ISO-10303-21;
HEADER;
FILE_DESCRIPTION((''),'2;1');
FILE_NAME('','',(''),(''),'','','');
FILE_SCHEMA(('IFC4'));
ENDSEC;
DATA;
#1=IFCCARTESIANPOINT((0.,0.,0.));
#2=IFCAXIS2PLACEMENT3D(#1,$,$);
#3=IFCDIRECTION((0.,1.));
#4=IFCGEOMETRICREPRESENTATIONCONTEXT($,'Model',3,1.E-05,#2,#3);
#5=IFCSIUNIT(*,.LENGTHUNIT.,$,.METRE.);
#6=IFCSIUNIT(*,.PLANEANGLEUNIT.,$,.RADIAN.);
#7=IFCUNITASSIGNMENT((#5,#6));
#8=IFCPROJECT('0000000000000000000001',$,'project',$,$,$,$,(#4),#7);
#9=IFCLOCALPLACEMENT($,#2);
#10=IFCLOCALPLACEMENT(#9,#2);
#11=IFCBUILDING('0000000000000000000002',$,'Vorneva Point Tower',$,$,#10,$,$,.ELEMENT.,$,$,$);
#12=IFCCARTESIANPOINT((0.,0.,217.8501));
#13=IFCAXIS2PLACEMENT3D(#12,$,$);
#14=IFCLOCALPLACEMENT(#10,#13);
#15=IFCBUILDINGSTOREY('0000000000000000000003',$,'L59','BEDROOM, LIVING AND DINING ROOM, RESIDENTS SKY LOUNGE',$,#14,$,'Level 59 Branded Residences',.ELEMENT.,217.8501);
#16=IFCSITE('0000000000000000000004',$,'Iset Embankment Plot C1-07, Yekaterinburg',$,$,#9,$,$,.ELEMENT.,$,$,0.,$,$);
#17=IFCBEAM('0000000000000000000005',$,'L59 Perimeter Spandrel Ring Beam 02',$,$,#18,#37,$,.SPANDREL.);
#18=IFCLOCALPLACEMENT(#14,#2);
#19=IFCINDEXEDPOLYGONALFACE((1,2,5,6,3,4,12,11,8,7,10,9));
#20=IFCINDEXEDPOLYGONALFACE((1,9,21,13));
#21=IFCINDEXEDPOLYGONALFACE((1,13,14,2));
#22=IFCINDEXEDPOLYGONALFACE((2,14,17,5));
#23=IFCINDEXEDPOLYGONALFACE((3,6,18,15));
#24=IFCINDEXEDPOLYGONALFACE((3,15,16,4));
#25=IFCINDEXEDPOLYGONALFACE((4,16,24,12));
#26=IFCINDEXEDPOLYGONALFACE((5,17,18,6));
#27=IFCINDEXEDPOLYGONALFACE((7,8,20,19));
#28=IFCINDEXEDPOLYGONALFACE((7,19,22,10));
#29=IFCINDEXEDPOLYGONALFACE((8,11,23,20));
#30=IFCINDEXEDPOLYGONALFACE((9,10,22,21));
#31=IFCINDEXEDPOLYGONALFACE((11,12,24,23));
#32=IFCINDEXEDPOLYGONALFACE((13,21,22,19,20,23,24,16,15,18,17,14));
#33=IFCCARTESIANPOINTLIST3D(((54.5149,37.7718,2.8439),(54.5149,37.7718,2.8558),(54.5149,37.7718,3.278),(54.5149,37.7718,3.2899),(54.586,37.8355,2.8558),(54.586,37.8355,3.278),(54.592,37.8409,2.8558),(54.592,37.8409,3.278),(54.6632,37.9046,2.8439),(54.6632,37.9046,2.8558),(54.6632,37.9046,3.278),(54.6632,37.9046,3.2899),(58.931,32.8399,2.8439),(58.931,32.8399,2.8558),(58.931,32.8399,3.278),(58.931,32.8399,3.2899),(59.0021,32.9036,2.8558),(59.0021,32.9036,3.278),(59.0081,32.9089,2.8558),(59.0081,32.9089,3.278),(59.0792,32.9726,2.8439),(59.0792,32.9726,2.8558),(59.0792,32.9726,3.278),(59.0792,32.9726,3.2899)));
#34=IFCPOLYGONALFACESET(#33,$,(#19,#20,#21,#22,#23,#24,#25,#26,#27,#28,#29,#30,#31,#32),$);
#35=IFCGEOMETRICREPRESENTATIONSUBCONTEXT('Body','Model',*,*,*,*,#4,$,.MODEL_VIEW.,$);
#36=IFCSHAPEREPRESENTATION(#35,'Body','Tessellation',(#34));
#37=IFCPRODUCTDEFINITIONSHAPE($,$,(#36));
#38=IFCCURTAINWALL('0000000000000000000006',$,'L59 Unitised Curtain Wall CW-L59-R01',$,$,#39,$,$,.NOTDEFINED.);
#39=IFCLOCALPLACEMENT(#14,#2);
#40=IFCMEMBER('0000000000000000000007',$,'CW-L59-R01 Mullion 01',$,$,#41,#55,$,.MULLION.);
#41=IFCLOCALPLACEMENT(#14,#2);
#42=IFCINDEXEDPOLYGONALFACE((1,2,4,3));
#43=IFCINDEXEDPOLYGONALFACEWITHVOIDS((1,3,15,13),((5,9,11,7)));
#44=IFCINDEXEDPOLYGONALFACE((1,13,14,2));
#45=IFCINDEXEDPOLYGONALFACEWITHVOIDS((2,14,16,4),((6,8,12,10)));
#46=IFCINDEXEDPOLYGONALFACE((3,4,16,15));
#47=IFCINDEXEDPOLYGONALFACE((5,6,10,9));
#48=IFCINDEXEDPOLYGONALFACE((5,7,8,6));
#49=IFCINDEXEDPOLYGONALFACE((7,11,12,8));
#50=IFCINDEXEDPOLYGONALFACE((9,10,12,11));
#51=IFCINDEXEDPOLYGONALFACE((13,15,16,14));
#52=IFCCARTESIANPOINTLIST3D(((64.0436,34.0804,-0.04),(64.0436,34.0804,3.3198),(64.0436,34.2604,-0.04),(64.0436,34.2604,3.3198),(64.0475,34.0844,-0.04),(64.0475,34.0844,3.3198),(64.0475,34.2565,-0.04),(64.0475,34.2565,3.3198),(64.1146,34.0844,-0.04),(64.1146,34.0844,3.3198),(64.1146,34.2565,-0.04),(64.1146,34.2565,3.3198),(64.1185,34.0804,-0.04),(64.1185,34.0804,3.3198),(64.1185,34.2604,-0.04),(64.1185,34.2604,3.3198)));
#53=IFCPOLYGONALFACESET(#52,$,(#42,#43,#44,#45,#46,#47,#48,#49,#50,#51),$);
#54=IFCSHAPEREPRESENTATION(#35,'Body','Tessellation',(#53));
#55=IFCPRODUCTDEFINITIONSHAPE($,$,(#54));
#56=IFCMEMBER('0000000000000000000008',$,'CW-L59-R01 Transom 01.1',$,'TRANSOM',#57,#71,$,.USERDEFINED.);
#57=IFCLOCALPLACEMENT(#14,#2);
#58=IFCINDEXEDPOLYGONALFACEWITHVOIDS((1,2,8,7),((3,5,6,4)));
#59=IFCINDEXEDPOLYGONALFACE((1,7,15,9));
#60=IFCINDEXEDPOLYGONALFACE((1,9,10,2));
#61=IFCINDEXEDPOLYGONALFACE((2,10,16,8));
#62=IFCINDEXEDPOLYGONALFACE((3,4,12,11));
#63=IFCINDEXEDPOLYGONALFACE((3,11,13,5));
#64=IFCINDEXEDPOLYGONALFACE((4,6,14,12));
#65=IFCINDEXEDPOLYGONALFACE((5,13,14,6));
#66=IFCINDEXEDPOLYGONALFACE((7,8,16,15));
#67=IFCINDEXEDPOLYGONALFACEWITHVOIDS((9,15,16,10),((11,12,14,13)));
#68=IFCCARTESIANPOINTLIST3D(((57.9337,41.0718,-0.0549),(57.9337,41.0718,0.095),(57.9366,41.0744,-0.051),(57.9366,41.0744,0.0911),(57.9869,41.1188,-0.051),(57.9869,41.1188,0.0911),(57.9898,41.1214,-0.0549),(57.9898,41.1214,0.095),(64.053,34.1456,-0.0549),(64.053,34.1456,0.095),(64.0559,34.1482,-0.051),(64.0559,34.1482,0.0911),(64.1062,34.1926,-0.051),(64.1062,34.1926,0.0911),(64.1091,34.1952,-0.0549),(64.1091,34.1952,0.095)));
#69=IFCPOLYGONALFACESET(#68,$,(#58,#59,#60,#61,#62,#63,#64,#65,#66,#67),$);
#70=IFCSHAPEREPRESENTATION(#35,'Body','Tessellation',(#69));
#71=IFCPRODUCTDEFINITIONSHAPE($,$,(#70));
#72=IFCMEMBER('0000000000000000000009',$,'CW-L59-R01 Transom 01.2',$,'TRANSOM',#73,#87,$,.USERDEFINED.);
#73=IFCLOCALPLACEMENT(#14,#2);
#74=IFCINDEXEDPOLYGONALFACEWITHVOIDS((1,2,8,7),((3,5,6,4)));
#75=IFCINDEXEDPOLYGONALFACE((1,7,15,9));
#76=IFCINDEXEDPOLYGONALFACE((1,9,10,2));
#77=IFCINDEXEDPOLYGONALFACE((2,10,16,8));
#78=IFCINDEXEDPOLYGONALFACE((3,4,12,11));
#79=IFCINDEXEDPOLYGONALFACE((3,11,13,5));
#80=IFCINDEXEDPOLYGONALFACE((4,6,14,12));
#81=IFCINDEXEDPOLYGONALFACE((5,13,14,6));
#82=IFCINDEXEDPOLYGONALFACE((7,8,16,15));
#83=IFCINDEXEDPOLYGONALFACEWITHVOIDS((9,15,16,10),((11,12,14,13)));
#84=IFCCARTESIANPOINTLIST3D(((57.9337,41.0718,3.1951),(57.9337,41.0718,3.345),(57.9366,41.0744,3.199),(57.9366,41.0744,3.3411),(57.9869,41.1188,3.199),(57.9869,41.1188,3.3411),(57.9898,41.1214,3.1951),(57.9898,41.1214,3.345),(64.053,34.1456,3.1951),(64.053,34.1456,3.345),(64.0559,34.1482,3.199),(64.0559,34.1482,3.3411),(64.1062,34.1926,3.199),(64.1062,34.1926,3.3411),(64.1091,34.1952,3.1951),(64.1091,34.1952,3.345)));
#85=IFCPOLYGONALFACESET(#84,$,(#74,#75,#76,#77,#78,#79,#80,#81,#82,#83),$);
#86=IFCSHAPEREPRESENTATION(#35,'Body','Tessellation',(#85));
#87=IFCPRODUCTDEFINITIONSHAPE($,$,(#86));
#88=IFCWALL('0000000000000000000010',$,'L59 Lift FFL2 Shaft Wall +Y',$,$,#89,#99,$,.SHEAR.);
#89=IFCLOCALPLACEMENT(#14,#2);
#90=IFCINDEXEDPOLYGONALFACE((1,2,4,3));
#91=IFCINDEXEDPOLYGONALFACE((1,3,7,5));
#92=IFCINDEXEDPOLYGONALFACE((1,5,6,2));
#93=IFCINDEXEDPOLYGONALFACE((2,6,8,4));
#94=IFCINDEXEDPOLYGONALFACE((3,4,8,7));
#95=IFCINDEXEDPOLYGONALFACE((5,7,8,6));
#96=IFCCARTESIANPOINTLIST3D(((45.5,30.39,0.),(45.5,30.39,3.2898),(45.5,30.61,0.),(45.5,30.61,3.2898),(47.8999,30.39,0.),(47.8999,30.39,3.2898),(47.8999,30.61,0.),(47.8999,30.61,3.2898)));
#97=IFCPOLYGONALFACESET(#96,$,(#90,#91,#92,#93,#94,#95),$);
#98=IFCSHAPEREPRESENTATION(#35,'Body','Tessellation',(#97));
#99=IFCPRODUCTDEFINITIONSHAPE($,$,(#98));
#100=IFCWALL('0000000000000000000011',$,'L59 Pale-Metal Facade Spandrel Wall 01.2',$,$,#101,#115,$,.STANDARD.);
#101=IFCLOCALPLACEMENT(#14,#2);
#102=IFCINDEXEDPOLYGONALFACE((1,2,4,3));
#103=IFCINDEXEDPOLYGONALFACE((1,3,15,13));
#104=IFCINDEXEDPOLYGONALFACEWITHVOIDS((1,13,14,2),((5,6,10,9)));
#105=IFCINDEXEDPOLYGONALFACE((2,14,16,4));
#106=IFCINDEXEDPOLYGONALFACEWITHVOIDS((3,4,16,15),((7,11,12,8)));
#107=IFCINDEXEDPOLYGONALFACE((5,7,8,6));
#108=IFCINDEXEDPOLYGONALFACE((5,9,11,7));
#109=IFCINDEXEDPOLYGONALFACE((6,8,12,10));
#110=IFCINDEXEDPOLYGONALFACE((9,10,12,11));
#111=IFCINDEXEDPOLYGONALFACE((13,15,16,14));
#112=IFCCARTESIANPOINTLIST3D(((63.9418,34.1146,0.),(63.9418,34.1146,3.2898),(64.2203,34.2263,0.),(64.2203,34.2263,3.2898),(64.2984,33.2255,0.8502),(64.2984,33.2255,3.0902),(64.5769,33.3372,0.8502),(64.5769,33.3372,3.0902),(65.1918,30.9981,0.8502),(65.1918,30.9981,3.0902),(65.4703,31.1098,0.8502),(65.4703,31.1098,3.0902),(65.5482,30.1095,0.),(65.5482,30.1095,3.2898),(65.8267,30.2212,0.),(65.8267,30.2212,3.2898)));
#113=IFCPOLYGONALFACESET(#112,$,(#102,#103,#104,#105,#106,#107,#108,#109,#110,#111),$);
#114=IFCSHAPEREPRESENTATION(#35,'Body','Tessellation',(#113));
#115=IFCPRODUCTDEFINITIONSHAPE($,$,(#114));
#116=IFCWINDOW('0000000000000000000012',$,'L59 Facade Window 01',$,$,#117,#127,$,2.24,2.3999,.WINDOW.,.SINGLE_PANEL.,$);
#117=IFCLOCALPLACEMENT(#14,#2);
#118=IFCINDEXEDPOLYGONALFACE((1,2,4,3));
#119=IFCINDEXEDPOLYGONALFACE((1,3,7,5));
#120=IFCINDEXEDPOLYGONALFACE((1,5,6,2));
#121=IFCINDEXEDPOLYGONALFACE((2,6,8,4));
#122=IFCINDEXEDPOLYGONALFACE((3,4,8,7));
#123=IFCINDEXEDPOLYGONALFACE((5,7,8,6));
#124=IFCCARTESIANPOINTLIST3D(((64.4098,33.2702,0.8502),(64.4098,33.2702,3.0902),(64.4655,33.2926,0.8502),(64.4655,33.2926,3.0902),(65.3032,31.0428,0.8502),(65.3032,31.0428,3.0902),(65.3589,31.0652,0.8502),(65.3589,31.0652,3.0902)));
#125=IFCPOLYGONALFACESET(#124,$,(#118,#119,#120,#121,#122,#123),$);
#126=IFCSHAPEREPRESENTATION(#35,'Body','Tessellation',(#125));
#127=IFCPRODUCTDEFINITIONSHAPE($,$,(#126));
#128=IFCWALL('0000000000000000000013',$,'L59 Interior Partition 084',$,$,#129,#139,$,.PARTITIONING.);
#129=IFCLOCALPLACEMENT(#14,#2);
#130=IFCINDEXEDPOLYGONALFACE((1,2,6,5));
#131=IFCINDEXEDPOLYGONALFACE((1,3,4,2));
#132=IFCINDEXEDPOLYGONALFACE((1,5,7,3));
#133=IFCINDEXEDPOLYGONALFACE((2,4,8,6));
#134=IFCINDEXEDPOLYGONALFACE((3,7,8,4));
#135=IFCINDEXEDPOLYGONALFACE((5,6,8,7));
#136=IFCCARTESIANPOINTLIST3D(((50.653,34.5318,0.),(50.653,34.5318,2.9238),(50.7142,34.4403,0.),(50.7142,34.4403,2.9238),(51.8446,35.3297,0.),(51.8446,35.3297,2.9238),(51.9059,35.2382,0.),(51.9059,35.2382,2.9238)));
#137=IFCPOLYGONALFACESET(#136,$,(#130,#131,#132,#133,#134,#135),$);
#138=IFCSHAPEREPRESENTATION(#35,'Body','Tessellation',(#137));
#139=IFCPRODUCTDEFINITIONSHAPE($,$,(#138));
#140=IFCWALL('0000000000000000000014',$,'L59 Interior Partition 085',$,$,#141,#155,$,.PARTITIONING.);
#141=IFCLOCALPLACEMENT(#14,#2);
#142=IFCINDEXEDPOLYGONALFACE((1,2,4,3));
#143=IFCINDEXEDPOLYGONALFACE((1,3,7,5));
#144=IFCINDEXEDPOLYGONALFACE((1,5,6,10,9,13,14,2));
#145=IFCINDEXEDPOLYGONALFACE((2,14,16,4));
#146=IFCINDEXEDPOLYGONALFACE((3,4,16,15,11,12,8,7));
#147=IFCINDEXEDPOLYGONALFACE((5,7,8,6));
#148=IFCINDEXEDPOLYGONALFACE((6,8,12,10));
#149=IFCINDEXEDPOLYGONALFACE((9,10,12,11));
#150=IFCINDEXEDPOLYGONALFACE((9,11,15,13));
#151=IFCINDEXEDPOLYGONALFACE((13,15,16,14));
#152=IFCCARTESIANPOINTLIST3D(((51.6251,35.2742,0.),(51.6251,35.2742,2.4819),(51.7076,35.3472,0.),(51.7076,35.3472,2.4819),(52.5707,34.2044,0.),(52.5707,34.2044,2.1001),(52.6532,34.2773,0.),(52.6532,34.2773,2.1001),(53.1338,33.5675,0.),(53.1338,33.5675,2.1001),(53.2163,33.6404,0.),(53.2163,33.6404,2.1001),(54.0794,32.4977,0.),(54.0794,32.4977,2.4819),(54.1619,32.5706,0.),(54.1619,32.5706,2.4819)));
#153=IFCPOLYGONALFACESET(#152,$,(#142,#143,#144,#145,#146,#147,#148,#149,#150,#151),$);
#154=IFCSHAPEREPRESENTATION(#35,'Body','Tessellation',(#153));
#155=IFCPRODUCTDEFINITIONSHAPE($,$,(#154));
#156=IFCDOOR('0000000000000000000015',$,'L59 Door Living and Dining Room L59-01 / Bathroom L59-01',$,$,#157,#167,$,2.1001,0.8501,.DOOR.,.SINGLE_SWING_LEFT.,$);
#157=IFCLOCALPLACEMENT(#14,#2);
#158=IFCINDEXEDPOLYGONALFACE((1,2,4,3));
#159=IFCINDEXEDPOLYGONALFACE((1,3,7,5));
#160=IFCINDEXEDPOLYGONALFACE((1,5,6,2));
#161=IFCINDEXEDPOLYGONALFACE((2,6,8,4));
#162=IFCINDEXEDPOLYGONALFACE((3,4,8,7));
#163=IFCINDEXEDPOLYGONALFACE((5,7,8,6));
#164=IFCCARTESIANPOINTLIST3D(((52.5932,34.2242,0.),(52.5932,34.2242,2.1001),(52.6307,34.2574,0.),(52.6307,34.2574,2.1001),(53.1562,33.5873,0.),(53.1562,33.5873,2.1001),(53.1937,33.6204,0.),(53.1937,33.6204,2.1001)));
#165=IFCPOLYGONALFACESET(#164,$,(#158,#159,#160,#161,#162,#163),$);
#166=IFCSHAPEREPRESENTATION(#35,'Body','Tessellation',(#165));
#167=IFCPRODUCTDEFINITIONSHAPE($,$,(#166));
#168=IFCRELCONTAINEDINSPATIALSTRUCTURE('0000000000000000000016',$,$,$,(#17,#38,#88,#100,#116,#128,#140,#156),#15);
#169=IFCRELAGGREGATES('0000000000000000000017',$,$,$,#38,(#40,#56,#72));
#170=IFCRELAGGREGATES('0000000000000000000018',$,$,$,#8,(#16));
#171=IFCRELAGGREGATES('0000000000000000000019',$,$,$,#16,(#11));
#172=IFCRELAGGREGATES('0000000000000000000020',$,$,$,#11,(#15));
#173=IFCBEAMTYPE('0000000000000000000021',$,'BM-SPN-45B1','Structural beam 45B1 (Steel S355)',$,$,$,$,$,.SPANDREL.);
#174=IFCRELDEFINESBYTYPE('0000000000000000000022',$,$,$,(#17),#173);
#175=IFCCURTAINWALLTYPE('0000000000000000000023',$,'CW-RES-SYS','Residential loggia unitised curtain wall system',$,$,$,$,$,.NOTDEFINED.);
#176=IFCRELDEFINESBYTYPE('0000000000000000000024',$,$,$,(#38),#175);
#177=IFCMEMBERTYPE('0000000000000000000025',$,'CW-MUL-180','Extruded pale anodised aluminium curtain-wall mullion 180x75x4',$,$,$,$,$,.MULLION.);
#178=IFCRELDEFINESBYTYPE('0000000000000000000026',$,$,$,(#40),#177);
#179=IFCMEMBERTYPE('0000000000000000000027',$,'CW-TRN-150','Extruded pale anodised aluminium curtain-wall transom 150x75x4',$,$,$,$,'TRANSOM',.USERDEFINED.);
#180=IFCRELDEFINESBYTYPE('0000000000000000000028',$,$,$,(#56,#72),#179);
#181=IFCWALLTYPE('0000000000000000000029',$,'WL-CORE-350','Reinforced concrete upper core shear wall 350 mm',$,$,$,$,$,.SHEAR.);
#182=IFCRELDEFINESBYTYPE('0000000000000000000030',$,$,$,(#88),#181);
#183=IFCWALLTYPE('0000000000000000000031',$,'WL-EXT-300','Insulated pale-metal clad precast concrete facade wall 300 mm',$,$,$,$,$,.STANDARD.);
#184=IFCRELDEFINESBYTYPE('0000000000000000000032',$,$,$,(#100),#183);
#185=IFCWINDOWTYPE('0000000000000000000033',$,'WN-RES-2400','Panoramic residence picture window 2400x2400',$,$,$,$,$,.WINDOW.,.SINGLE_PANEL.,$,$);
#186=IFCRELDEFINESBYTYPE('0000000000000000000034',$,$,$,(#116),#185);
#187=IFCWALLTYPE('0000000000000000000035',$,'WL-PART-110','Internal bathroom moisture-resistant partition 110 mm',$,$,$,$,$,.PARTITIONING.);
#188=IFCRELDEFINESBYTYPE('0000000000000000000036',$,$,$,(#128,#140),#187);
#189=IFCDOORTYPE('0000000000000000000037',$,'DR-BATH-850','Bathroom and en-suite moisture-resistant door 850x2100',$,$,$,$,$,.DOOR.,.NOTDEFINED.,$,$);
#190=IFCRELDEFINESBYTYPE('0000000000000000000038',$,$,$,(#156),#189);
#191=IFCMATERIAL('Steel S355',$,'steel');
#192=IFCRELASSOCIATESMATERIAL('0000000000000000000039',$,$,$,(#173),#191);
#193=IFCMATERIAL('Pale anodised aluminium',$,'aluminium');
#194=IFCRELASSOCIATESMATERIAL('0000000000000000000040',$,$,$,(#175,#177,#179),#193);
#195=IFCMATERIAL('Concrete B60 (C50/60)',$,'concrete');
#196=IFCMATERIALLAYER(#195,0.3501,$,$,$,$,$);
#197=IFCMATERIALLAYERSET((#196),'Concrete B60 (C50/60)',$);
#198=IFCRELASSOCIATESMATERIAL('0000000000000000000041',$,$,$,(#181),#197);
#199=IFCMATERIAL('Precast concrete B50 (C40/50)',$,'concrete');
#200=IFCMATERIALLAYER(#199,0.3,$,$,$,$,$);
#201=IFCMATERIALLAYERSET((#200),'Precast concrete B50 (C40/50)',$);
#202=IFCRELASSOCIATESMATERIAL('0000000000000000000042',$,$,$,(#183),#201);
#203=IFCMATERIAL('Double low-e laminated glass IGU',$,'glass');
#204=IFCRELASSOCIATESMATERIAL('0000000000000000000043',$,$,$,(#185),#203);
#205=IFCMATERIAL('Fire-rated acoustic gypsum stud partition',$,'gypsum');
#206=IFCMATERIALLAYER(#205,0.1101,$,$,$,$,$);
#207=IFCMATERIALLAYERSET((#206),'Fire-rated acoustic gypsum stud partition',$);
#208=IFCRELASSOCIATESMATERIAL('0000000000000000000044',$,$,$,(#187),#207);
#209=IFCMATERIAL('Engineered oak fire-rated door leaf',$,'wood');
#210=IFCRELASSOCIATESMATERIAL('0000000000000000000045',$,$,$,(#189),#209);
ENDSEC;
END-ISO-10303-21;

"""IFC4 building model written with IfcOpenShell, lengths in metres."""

from ifc_helpers import new_model, si_unit, direction, frame, frame_2d, origin, origin_2d, place, context, subcontext, project, spatial, rectangle, hollow_rectangle, i_section, extrude, material, layer, layer_set, material_profile, profile_set, type_object, element, fill, aggregate, save


model = new_model("IFC4")

# Units and contexts
model_context = context("Model", 3, precision=1e-05, world=origin(), true_north=direction((0.0, 1.0)))
body_context = subcontext(model_context, "Body", "Model", "MODEL_VIEW")
ifc_project = project(units=[si_unit("LENGTHUNIT", "METRE"), si_unit("PLANEANGLEUNIT", "RADIAN")], contexts=[model_context])

# Site, building, storey
site_placement = place(None, origin())
site = spatial("IfcSite", under=ifc_project, at=site_placement, Name="Iset Embankment Plot C1-07, Yekaterinburg", CompositionType="ELEMENT", RefElevation=0.0)
building_placement = place(site_placement, origin())
building = spatial("IfcBuilding", under=site, at=building_placement, Name="Vorneva Point Tower", CompositionType="ELEMENT")
storey_placement = place(building_placement, frame((0.0, 0.0, 217.8501)))
storey = spatial("IfcBuildingStorey", under=building, at=storey_placement, Name="L59", Description="BEDROOM, LIVING AND DINING ROOM, RESIDENTS SKY LOUNGE", LongName="Level 59 Branded Residences", CompositionType="ELEMENT", Elevation=217.8501)

# Beam
ifc_material_1 = material(Name="Steel S355", Category="steel")
ifc_material_profile_1 = material_profile(ifc_material_1, i_section(OverallWidth=0.199, OverallDepth=0.446, WebThickness=0.0081, FlangeThickness=0.012, at=origin_2d()), Name="45B1")
ifc_profile_set_1 = profile_set([ifc_material_profile_1], Name="Steel S355")
beam_type_1 = type_object("IfcBeamType", Name="BM-SPN-45B1", Description="Structural beam 45B1 (Steel S355)", PredefinedType="SPANDREL", material=ifc_profile_set_1)
beam_1_placement = place(storey_placement, frame((59.0051, 32.9062, 3.0669), z_axis=(-0.66707, 0.744995, 0.0), x_axis=(-0.744995, -0.66707, 0.0)))
element("IfcBeam", 1, at=beam_1_placement, inside=storey, type_object=beam_type_1, Name="L59 Perimeter Spandrel Ring Beam 02", PredefinedType="SPANDREL", context=body_context, shape_type="SweptSolid", body=[
    extrude(i_section(OverallWidth=0.199, OverallDepth=0.446, WebThickness=0.0081, FlangeThickness=0.012, at=origin_2d()), origin(), (0.0, 0.0, 1.0), 6.6201),
])

# Curtain wall, members
ifc_material_2 = material(Name="Pale anodised aluminium", Category="aluminium")
curtain_wall_type = type_object("IfcCurtainWallType", Name="CW-RES-SYS", Description="Residential loggia unitised curtain wall system", PredefinedType="NOTDEFINED", material=ifc_material_2)
curtain_wall_placement = place(storey_placement, origin())
curtain_wall = element("IfcCurtainWall", 2, at=curtain_wall_placement, inside=storey, type_object=curtain_wall_type, Name="L59 Unitised Curtain Wall CW-L59-R01", PredefinedType="NOTDEFINED")
ifc_material_profile_2 = material_profile(ifc_material_2, hollow_rectangle(XDim=0.075, YDim=0.1799, WallThickness=0.0039, at=origin_2d()), Name="AL-MUL 180x75x4")
ifc_profile_set_2 = profile_set([ifc_material_profile_2], Name="Pale anodised aluminium")
member_type_1 = type_object("IfcMemberType", Name="CW-MUL-180", Description="Extruded pale anodised aluminium curtain-wall mullion 180x75x4", PredefinedType="MULLION", material=ifc_profile_set_2)
member_1_placement = place(storey_placement, frame((64.0811, 34.1704, -0.04), z_axis=(0.0, 0.0, 1.0), x_axis=(1.0, 0.0, 0.0)))
member_1 = element("IfcMember", 3, at=member_1_placement, type_object=member_type_1, Name="CW-L59-R01 Mullion 01", PredefinedType="MULLION", context=body_context, shape_type="SweptSolid", body=[
    extrude(hollow_rectangle(XDim=0.075, YDim=0.1799, WallThickness=0.0039, at=origin_2d()), origin(), (0.0, 0.0, 1.0), 3.3599),
])
ifc_material_profile_3 = material_profile(ifc_material_2, hollow_rectangle(XDim=0.075, YDim=0.1499, WallThickness=0.0039, at=origin_2d()), Name="AL-TRN 150x75x4")
ifc_profile_set_3 = profile_set([ifc_material_profile_3], Name="Pale anodised aluminium")
member_type_2 = type_object("IfcMemberType", Name="CW-TRN-150", Description="Extruded pale anodised aluminium curtain-wall transom 150x75x4", ElementType="TRANSOM", PredefinedType="USERDEFINED", material=ifc_profile_set_3)
member_2_placement = place(storey_placement, frame((64.0811, 34.1704, 0.02), z_axis=(-0.662106, 0.74941, 0.0), x_axis=(-0.74941, -0.662106, 0.0)))
member_2 = element("IfcMember", 4, at=member_2_placement, type_object=member_type_2, Name="CW-L59-R01 Transom 01.1", ObjectType="TRANSOM", PredefinedType="USERDEFINED", context=body_context, shape_type="SweptSolid", body=[
    extrude(hollow_rectangle(XDim=0.075, YDim=0.1499, WallThickness=0.0039, at=origin_2d()), origin(), (0.0, 0.0, 1.0), 9.2422),
])
member_3_placement = place(storey_placement, frame((64.0811, 34.1704, 3.27), z_axis=(-0.662106, 0.74941, 0.0), x_axis=(-0.74941, -0.662106, 0.0)))
member_3 = element("IfcMember", 5, at=member_3_placement, type_object=member_type_2, Name="CW-L59-R01 Transom 01.2", ObjectType="TRANSOM", PredefinedType="USERDEFINED", context=body_context, shape_type="SweptSolid", body=[
    extrude(hollow_rectangle(XDim=0.075, YDim=0.1499, WallThickness=0.0039, at=origin_2d()), origin(), (0.0, 0.0, 1.0), 9.2422),
])
aggregate(curtain_wall, [member_1, member_2, member_3])

# Wall
ifc_material_3 = material(Name="Concrete B60 (C50/60)", Category="concrete")
ifc_layer_1 = layer(ifc_material_3, 0.3501)
ifc_layer_set_1 = layer_set([ifc_layer_1], Name="Concrete B60 (C50/60)")
wall_type_1 = type_object("IfcWallType", Name="WL-CORE-350", Description="Reinforced concrete upper core shear wall 350 mm", PredefinedType="SHEAR", material=ifc_layer_set_1)
wall_1_placement = place(storey_placement, frame((47.8999, 30.5, 0.0), z_axis=(0.0, 0.0, 1.0), x_axis=(-1.0, 0.0, 0.0)))
element("IfcWall", 6, at=wall_1_placement, inside=storey, type_object=wall_type_1, Name="L59 Lift FFL2 Shaft Wall +Y", PredefinedType="SHEAR", context=body_context, shape_type="SweptSolid", body=[
    extrude(rectangle(XDim=2.3999, YDim=0.22, at=frame_2d((1.2, 0.0))), origin(), (0.0, 0.0, 1.0), 3.2898),
])

# Wall, opening, window
ifc_material_4 = material(Name="Precast concrete B50 (C40/50)", Category="concrete")
ifc_layer_2 = layer(ifc_material_4, 0.3)
ifc_layer_set_2 = layer_set([ifc_layer_2], Name="Precast concrete B50 (C40/50)")
wall_type_2 = type_object("IfcWallType", Name="WL-EXT-300", Description="Insulated pale-metal clad precast concrete facade wall 300 mm", PredefinedType="STANDARD", material=ifc_layer_set_2)
wall_2_placement = place(storey_placement, frame((65.6875, 30.1653, 0.0), z_axis=(0.0, 0.0, 1.0), x_axis=(-0.372268, 0.928125, 0.0)))
wall_2 = element("IfcWall", 7, at=wall_2_placement, inside=storey, type_object=wall_type_2, Name="L59 Pale-Metal Facade Spandrel Wall 01.2", PredefinedType="STANDARD", context=body_context, shape_type="SweptSolid", body=[
    extrude(rectangle(XDim=4.3152, YDim=0.3, at=frame_2d((2.1577, 0.0))), origin(), (0.0, 0.0, 1.0), 3.2898),
])
opening_1_placement = place(wall_2_placement, frame((0.9575, 0.0, 0.8501)))
opening_1 = element("IfcOpeningElement", 8, at=opening_1_placement, cuts=wall_2, PredefinedType="OPENING", context=body_context, shape_type="SweptSolid", body=[
    extrude(rectangle(XDim=2.3999, YDim=2.24, at=frame_2d((1.2, 1.1201))), frame((0.0, 0.165, 0.0), z_axis=(0.0, -1.0, 0.0), x_axis=(1.0, 0.0, 0.0)), (0.0, 0.0, 1.0), 0.3298),
])
ifc_material_5 = material(Name="Double low-e laminated glass IGU", Category="glass")
window_type = type_object("IfcWindowType", Name="WN-RES-2400", Description="Panoramic residence picture window 2400x2400", PartitioningType="SINGLE_PANEL", PredefinedType="WINDOW", material=ifc_material_5)
window_placement = place(opening_1_placement, origin())
window = element("IfcWindow", 9, at=window_placement, inside=storey, type_object=window_type, Name="L59 Facade Window 01", OverallHeight=2.24, OverallWidth=2.3999, PartitioningType="SINGLE_PANEL", PredefinedType="WINDOW", context=body_context, shape_type="SweptSolid", body=[
    extrude(rectangle(XDim=2.3999, YDim=2.24, at=frame_2d((1.2, 1.1201))), frame((0.0, 0.03, 0.0), z_axis=(0.0, -1.0, 0.0), x_axis=(1.0, 0.0, 0.0)), (0.0, 0.0, 1.0), 0.0601),
])
fill(opening_1, window)

# Wall
ifc_material_6 = material(Name="Fire-rated acoustic gypsum stud partition", Category="gypsum")
ifc_layer_3 = layer(ifc_material_6, 0.1101)
ifc_layer_set_3 = layer_set([ifc_layer_3], Name="Fire-rated acoustic gypsum stud partition")
wall_type_3 = type_object("IfcWallType", Name="WL-PART-110", Description="Internal bathroom moisture-resistant partition 110 mm", PredefinedType="PARTITIONING", material=ifc_layer_set_3)
wall_3_placement = place(storey_placement, frame((50.6836, 34.4861, 0.0), z_axis=(0.0, 0.0, 1.0), x_axis=(0.830949, 0.556349, 0.0)))
element("IfcWall", 10, at=wall_3_placement, inside=storey, type_object=wall_type_3, Name="L59 Interior Partition 084", PredefinedType="PARTITIONING", context=body_context, shape_type="SweptSolid", body=[
    extrude(rectangle(XDim=1.4341, YDim=0.1101, at=frame_2d((0.717, 0.0))), origin(), (0.0, 0.0, 1.0), 2.9238),
])

# Wall, opening, door
wall_4_placement = place(storey_placement, frame((51.6663, 35.3108, 0.0), z_axis=(0.0, 0.0, 1.0), x_axis=(0.662288, -0.749249, 0.0)))
wall_4 = element("IfcWall", 11, at=wall_4_placement, inside=storey, type_object=wall_type_3, Name="L59 Interior Partition 085", PredefinedType="PARTITIONING", context=body_context, shape_type="SweptSolid", body=[
    extrude(rectangle(XDim=3.7058, YDim=0.1101, at=frame_2d((1.853, 0.0))), origin(), (0.0, 0.0, 1.0), 2.4819),
])
opening_2_placement = place(wall_4_placement, frame((1.428, 0.0, 0.0)))
opening_2 = element("IfcOpeningElement", 12, at=opening_2_placement, cuts=wall_4, PredefinedType="OPENING", context=body_context, shape_type="SweptSolid", body=[
    extrude(rectangle(XDim=0.8501, YDim=2.1001, at=frame_2d((0.425, 1.05))), frame((0.0, 0.0698, 0.0), z_axis=(0.0, -1.0, 0.0), x_axis=(1.0, 0.0, 0.0)), (0.0, 0.0, 1.0), 0.1399),
])
ifc_material_7 = material(Name="Engineered oak fire-rated door leaf", Category="wood")
door_type = type_object("IfcDoorType", Name="DR-BATH-850", Description="Bathroom and en-suite moisture-resistant door 850x2100", OperationType="NOTDEFINED", PredefinedType="DOOR", material=ifc_material_7)
door_placement = place(opening_2_placement, origin())
door = element("IfcDoor", 13, at=door_placement, inside=storey, type_object=door_type, Name="L59 Door Living and Dining Room L59-01 / Bathroom L59-01", OperationType="SINGLE_SWING_LEFT", OverallHeight=2.1001, OverallWidth=0.8501, PredefinedType="DOOR", context=body_context, shape_type="SweptSolid", body=[
    extrude(rectangle(XDim=0.8501, YDim=2.1001, at=frame_2d((0.425, 1.05))), frame((0.0, 0.0249, 0.0), z_axis=(0.0, -1.0, 0.0), x_axis=(1.0, 0.0, 0.0)), (0.0, 0.0, 1.0), 0.05),
])
fill(opening_2, door)

save(model, "model.ifc")
